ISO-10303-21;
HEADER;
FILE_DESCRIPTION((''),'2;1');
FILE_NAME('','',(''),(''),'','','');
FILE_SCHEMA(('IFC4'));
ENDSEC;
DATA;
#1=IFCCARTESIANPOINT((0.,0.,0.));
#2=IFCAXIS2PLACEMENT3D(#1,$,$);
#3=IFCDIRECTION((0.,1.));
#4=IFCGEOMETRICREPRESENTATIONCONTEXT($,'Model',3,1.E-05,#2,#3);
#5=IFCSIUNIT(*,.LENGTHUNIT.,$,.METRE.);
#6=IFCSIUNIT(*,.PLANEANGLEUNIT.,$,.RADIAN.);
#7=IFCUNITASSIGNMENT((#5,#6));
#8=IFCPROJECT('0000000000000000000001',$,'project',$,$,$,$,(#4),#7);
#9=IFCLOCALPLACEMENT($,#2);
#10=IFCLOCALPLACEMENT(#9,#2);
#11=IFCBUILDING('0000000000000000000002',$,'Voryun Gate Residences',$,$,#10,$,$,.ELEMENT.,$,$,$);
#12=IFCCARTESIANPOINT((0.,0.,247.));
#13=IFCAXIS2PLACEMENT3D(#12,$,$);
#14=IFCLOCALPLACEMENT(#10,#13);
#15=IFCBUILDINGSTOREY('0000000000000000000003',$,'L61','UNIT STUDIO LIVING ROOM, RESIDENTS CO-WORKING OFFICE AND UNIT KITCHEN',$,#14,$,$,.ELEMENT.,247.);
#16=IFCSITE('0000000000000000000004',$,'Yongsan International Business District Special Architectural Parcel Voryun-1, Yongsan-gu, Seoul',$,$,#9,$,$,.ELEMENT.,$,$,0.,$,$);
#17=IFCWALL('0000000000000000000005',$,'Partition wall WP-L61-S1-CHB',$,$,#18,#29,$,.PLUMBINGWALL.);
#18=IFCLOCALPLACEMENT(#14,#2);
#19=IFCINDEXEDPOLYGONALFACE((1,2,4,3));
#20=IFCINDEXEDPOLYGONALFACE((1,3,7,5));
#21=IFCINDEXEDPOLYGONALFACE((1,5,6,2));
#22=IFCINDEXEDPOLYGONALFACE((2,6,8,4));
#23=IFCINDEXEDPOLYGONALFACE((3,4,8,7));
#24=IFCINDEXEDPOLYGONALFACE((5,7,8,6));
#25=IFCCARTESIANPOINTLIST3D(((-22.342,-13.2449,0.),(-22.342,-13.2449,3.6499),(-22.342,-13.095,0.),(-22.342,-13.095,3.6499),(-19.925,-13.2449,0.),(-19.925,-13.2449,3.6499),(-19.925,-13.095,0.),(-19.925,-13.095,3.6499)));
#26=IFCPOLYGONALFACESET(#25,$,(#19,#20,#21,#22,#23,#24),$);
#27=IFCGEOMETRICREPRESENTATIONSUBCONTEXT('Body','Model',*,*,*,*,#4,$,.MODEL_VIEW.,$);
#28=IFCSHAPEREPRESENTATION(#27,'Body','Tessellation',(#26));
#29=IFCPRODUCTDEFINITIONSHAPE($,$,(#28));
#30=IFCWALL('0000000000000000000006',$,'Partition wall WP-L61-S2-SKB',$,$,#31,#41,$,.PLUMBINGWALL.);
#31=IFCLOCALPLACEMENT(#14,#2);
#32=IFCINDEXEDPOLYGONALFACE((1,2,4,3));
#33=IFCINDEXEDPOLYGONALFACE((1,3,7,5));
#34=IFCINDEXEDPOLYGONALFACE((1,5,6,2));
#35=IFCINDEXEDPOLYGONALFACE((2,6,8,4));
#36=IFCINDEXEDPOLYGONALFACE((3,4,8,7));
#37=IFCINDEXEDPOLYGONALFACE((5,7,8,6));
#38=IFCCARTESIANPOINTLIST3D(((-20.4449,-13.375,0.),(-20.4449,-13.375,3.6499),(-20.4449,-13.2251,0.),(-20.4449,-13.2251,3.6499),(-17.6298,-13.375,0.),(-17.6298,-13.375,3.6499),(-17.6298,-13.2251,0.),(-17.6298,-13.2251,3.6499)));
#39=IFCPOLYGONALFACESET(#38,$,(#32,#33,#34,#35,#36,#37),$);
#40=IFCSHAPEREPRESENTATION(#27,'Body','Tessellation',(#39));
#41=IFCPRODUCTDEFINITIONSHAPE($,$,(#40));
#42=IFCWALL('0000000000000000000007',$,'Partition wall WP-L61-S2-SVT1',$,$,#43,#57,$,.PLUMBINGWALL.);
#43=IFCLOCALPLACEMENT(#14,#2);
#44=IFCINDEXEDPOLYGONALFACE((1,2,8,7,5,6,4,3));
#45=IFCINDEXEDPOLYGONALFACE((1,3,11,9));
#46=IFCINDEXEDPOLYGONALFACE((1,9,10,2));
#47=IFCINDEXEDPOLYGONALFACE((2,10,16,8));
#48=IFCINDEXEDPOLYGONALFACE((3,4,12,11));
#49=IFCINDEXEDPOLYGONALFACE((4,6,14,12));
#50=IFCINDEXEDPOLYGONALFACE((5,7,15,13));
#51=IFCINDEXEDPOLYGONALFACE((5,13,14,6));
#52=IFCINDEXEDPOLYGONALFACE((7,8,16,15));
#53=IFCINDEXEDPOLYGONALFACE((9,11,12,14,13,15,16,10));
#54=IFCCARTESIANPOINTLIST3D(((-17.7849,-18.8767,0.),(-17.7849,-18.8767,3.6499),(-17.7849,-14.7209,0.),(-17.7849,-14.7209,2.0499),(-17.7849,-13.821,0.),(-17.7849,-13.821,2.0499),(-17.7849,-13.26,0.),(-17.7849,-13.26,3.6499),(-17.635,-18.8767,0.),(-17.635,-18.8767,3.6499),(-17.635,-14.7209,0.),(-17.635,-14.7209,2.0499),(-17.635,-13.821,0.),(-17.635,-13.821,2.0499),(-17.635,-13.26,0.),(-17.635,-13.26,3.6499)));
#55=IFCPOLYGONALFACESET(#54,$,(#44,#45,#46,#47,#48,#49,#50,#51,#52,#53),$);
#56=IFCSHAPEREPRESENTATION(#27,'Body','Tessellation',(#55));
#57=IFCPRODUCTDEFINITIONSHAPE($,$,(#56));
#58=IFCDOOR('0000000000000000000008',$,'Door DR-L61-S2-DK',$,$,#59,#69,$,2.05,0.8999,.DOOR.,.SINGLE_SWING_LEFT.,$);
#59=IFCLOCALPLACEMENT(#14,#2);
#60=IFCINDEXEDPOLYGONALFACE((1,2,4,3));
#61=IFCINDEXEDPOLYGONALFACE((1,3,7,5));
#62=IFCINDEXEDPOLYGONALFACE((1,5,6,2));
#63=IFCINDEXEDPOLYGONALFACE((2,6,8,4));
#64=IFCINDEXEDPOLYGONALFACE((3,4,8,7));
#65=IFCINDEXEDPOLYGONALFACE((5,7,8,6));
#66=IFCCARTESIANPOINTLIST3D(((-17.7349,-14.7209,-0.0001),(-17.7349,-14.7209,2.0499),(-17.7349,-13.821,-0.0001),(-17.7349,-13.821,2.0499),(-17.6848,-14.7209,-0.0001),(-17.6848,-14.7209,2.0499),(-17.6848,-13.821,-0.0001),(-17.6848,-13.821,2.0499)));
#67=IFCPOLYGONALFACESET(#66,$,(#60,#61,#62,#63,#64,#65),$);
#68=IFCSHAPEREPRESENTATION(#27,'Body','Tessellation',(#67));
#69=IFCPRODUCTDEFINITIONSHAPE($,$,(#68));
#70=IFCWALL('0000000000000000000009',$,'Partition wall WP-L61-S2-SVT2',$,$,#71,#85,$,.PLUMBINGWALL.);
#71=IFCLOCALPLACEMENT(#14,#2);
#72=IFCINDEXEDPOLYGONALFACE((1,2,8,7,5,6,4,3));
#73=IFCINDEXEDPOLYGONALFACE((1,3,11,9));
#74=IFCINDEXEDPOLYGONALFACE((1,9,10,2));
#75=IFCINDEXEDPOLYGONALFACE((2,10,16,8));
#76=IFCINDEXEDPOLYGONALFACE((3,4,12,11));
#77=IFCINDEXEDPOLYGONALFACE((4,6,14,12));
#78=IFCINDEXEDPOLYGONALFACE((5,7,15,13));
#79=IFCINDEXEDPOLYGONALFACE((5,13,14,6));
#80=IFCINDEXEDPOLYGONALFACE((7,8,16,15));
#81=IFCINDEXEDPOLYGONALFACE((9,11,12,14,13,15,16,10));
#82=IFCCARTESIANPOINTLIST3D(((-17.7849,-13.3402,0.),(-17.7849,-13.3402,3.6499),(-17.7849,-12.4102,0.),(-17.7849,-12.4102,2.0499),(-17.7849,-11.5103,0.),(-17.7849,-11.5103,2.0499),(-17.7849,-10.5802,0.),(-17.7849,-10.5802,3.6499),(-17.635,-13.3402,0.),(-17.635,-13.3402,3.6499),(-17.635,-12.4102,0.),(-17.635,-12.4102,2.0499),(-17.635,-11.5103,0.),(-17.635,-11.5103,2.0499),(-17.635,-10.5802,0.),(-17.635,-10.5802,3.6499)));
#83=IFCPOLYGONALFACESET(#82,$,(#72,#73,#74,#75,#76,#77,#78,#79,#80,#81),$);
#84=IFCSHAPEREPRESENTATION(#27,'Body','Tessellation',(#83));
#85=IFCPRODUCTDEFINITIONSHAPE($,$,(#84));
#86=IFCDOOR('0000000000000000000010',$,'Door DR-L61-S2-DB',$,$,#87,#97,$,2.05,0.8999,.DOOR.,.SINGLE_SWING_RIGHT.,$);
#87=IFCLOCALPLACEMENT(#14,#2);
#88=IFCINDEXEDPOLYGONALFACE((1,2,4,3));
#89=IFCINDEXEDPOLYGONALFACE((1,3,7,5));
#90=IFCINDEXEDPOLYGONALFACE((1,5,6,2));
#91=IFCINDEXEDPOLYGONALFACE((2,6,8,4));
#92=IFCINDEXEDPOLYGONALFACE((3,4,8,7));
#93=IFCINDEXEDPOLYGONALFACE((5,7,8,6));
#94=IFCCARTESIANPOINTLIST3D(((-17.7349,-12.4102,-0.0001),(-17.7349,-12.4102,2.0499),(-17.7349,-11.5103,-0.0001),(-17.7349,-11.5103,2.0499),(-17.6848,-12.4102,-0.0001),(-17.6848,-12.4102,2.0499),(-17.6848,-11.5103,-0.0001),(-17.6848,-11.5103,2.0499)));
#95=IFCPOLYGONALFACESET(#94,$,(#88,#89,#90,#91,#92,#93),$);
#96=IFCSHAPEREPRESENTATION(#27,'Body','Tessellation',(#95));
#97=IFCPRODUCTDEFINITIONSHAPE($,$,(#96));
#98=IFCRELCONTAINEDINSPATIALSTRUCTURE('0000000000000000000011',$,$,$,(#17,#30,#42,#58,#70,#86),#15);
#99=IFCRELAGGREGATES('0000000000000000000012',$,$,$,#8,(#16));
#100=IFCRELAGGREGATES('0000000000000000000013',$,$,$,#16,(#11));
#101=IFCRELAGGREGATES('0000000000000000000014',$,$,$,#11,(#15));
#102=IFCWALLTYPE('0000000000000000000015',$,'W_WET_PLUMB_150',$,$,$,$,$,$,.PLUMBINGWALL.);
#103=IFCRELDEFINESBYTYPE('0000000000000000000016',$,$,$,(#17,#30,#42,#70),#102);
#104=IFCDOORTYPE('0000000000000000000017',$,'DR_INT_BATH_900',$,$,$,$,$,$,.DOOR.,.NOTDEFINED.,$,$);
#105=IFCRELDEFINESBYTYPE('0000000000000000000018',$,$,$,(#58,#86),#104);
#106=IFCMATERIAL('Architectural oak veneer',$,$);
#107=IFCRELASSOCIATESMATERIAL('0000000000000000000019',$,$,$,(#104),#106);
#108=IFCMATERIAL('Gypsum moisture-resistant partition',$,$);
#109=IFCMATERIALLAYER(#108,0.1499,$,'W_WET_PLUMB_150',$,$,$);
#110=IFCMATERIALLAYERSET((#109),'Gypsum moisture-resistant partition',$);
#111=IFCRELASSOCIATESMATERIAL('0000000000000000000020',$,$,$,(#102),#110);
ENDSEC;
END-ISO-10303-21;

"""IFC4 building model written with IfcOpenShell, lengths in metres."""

from ifc_helpers import new_model, si_unit, direction, frame, frame_2d, origin, place, context, subcontext, project, spatial, rectangle, extrude, material, layer, layer_set, type_object, element, fill, save


model = new_model("IFC4")

# Units and contexts
model_context = context("Model", 3, precision=1e-05, world=origin(), true_north=direction((0.0, 1.0)))
body_context = subcontext(model_context, "Body", "Model", "MODEL_VIEW")
ifc_project = project(units=[si_unit("LENGTHUNIT", "METRE"), si_unit("PLANEANGLEUNIT", "RADIAN")], contexts=[model_context])

# Site, building, storey
site_placement = place(None, origin())
site = spatial("IfcSite", under=ifc_project, at=site_placement, Name="Yongsan International Business District Special Architectural Parcel Voryun-1, Yongsan-gu, Seoul", CompositionType="ELEMENT", RefElevation=0.0)
building_placement = place(site_placement, origin())
building = spatial("IfcBuilding", under=site, at=building_placement, Name="Voryun Gate Residences", CompositionType="ELEMENT")
storey_placement = place(building_placement, frame((0.0, 0.0, 247.0)))
storey = spatial("IfcBuildingStorey", under=building, at=storey_placement, Name="L61", Description="UNIT STUDIO LIVING ROOM, RESIDENTS CO-WORKING OFFICE AND UNIT KITCHEN", CompositionType="ELEMENT", Elevation=247.0)

# Shared definitions
ifc_material_1 = material(Name="Architectural oak veneer")
door_type_1 = type_object("IfcDoorType", Name="DR_INT_BATH_900", OperationType="NOTDEFINED", PredefinedType="DOOR", material=ifc_material_1)

# Shared definitions
ifc_material_2 = material(Name="Gypsum moisture-resistant partition")
ifc_layer_1 = layer(ifc_material_2, 0.1499, Name="W_WET_PLUMB_150")
ifc_layer_set_1 = layer_set([ifc_layer_1], Name="Gypsum moisture-resistant partition")
wall_type_1 = type_object("IfcWallType", Name="W_WET_PLUMB_150", PredefinedType="PLUMBINGWALL", material=ifc_layer_set_1)

# Walls
wall_1_placement = place(storey_placement, frame((-22.342, -13.1699, 0.0), z_axis=(0.0, 0.0, 1.0), x_axis=(1.0, 0.0, 0.0)))
element("IfcWall", 1, at=wall_1_placement, inside=storey, type_object=wall_type_1, Name="Partition wall WP-L61-S1-CHB", PredefinedType="PLUMBINGWALL", context=body_context, shape_type="SweptSolid", body=[
    extrude(rectangle(XDim=2.417, YDim=0.1499, at=frame_2d((1.2085, 0.0))), origin(), (0.0, 0.0, 1.0), 3.6499),
])
wall_2_placement = place(storey_placement, frame((-20.4451, -13.3, 0.0), z_axis=(0.0, 0.0, 1.0), x_axis=(1.0, 0.0, 0.0)))
element("IfcWall", 2, at=wall_2_placement, inside=storey, type_object=wall_type_1, Name="Partition wall WP-L61-S2-SKB", PredefinedType="PLUMBINGWALL", context=body_context, shape_type="SweptSolid", body=[
    extrude(rectangle(XDim=2.8152, YDim=0.1499, at=frame_2d((1.4077, 0.0))), origin(), (0.0, 0.0, 1.0), 3.6499),
])

# Walls, openings, doors
wall_3_placement = place(storey_placement, frame((-17.71, -18.8767, 0.0), z_axis=(0.0, 0.0, 1.0), x_axis=(0.0, 1.0, 0.0)))
wall_3 = element("IfcWall", 3, at=wall_3_placement, inside=storey, type_object=wall_type_1, Name="Partition wall WP-L61-S2-SVT1", PredefinedType="PLUMBINGWALL", context=body_context, shape_type="SweptSolid", body=[
    extrude(rectangle(XDim=5.6167, YDim=0.1499, at=frame_2d((2.8083, 0.0))), origin(), (0.0, 0.0, 1.0), 3.6499),
])
opening_1_placement = place(wall_3_placement, frame((4.1558, 0.0, 0.0)))
opening_1 = element("IfcOpeningElement", 4, at=opening_1_placement, cuts=wall_3, PredefinedType="OPENING", context=body_context, shape_type="SweptSolid", body=[
    extrude(rectangle(XDim=0.8999, YDim=2.05, at=frame_2d((0.45, 1.0249))), frame((0.0, 0.085, 0.0), z_axis=(0.0, -1.0, 0.0), x_axis=(1.0, 0.0, 0.0)), (0.0, 0.0, 1.0), 0.1699),
])
door_1_placement = place(opening_1_placement, origin())
door_1 = element("IfcDoor", 5, at=door_1_placement, inside=storey, type_object=door_type_1, Name="Door DR-L61-S2-DK", OperationType="SINGLE_SWING_LEFT", OverallHeight=2.05, OverallWidth=0.8999, PredefinedType="DOOR", context=body_context, shape_type="SweptSolid", body=[
    extrude(rectangle(XDim=0.8999, YDim=2.05, at=frame_2d((0.45, 1.0249))), frame((0.0, 0.0249, 0.0), z_axis=(0.0, -1.0, 0.0), x_axis=(1.0, 0.0, 0.0)), (0.0, 0.0, 1.0), 0.05),
])
fill(opening_1, door_1)
wall_4_placement = place(storey_placement, frame((-17.71, -13.3401, 0.0), z_axis=(0.0, 0.0, 1.0), x_axis=(0.0, 1.0, 0.0)))
wall_4 = element("IfcWall", 6, at=wall_4_placement, inside=storey, type_object=wall_type_1, Name="Partition wall WP-L61-S2-SVT2", PredefinedType="PLUMBINGWALL", context=body_context, shape_type="SweptSolid", body=[
    extrude(rectangle(XDim=2.76, YDim=0.1499, at=frame_2d((1.3799, 0.0))), origin(), (0.0, 0.0, 1.0), 3.6499),
])
opening_2_placement = place(wall_4_placement, frame((0.9299, 0.0, 0.0)))
opening_2 = element("IfcOpeningElement", 7, at=opening_2_placement, cuts=wall_4, PredefinedType="OPENING", context=body_context, shape_type="SweptSolid", body=[
    extrude(rectangle(XDim=0.8999, YDim=2.05, at=frame_2d((0.45, 1.0249))), frame((0.0, 0.085, 0.0), z_axis=(0.0, -1.0, 0.0), x_axis=(1.0, 0.0, 0.0)), (0.0, 0.0, 1.0), 0.1699),
])
door_2_placement = place(opening_2_placement, origin())
door_2 = element("IfcDoor", 8, at=door_2_placement, inside=storey, type_object=door_type_1, Name="Door DR-L61-S2-DB", OperationType="SINGLE_SWING_RIGHT", OverallHeight=2.05, OverallWidth=0.8999, PredefinedType="DOOR", context=body_context, shape_type="SweptSolid", body=[
    extrude(rectangle(XDim=0.8999, YDim=2.05, at=frame_2d((0.45, 1.0249))), frame((0.0, 0.0249, 0.0), z_axis=(0.0, -1.0, 0.0), x_axis=(1.0, 0.0, 0.0)), (0.0, 0.0, 1.0), 0.05),
])
fill(opening_2, door_2)

save(model, "model.ifc")
